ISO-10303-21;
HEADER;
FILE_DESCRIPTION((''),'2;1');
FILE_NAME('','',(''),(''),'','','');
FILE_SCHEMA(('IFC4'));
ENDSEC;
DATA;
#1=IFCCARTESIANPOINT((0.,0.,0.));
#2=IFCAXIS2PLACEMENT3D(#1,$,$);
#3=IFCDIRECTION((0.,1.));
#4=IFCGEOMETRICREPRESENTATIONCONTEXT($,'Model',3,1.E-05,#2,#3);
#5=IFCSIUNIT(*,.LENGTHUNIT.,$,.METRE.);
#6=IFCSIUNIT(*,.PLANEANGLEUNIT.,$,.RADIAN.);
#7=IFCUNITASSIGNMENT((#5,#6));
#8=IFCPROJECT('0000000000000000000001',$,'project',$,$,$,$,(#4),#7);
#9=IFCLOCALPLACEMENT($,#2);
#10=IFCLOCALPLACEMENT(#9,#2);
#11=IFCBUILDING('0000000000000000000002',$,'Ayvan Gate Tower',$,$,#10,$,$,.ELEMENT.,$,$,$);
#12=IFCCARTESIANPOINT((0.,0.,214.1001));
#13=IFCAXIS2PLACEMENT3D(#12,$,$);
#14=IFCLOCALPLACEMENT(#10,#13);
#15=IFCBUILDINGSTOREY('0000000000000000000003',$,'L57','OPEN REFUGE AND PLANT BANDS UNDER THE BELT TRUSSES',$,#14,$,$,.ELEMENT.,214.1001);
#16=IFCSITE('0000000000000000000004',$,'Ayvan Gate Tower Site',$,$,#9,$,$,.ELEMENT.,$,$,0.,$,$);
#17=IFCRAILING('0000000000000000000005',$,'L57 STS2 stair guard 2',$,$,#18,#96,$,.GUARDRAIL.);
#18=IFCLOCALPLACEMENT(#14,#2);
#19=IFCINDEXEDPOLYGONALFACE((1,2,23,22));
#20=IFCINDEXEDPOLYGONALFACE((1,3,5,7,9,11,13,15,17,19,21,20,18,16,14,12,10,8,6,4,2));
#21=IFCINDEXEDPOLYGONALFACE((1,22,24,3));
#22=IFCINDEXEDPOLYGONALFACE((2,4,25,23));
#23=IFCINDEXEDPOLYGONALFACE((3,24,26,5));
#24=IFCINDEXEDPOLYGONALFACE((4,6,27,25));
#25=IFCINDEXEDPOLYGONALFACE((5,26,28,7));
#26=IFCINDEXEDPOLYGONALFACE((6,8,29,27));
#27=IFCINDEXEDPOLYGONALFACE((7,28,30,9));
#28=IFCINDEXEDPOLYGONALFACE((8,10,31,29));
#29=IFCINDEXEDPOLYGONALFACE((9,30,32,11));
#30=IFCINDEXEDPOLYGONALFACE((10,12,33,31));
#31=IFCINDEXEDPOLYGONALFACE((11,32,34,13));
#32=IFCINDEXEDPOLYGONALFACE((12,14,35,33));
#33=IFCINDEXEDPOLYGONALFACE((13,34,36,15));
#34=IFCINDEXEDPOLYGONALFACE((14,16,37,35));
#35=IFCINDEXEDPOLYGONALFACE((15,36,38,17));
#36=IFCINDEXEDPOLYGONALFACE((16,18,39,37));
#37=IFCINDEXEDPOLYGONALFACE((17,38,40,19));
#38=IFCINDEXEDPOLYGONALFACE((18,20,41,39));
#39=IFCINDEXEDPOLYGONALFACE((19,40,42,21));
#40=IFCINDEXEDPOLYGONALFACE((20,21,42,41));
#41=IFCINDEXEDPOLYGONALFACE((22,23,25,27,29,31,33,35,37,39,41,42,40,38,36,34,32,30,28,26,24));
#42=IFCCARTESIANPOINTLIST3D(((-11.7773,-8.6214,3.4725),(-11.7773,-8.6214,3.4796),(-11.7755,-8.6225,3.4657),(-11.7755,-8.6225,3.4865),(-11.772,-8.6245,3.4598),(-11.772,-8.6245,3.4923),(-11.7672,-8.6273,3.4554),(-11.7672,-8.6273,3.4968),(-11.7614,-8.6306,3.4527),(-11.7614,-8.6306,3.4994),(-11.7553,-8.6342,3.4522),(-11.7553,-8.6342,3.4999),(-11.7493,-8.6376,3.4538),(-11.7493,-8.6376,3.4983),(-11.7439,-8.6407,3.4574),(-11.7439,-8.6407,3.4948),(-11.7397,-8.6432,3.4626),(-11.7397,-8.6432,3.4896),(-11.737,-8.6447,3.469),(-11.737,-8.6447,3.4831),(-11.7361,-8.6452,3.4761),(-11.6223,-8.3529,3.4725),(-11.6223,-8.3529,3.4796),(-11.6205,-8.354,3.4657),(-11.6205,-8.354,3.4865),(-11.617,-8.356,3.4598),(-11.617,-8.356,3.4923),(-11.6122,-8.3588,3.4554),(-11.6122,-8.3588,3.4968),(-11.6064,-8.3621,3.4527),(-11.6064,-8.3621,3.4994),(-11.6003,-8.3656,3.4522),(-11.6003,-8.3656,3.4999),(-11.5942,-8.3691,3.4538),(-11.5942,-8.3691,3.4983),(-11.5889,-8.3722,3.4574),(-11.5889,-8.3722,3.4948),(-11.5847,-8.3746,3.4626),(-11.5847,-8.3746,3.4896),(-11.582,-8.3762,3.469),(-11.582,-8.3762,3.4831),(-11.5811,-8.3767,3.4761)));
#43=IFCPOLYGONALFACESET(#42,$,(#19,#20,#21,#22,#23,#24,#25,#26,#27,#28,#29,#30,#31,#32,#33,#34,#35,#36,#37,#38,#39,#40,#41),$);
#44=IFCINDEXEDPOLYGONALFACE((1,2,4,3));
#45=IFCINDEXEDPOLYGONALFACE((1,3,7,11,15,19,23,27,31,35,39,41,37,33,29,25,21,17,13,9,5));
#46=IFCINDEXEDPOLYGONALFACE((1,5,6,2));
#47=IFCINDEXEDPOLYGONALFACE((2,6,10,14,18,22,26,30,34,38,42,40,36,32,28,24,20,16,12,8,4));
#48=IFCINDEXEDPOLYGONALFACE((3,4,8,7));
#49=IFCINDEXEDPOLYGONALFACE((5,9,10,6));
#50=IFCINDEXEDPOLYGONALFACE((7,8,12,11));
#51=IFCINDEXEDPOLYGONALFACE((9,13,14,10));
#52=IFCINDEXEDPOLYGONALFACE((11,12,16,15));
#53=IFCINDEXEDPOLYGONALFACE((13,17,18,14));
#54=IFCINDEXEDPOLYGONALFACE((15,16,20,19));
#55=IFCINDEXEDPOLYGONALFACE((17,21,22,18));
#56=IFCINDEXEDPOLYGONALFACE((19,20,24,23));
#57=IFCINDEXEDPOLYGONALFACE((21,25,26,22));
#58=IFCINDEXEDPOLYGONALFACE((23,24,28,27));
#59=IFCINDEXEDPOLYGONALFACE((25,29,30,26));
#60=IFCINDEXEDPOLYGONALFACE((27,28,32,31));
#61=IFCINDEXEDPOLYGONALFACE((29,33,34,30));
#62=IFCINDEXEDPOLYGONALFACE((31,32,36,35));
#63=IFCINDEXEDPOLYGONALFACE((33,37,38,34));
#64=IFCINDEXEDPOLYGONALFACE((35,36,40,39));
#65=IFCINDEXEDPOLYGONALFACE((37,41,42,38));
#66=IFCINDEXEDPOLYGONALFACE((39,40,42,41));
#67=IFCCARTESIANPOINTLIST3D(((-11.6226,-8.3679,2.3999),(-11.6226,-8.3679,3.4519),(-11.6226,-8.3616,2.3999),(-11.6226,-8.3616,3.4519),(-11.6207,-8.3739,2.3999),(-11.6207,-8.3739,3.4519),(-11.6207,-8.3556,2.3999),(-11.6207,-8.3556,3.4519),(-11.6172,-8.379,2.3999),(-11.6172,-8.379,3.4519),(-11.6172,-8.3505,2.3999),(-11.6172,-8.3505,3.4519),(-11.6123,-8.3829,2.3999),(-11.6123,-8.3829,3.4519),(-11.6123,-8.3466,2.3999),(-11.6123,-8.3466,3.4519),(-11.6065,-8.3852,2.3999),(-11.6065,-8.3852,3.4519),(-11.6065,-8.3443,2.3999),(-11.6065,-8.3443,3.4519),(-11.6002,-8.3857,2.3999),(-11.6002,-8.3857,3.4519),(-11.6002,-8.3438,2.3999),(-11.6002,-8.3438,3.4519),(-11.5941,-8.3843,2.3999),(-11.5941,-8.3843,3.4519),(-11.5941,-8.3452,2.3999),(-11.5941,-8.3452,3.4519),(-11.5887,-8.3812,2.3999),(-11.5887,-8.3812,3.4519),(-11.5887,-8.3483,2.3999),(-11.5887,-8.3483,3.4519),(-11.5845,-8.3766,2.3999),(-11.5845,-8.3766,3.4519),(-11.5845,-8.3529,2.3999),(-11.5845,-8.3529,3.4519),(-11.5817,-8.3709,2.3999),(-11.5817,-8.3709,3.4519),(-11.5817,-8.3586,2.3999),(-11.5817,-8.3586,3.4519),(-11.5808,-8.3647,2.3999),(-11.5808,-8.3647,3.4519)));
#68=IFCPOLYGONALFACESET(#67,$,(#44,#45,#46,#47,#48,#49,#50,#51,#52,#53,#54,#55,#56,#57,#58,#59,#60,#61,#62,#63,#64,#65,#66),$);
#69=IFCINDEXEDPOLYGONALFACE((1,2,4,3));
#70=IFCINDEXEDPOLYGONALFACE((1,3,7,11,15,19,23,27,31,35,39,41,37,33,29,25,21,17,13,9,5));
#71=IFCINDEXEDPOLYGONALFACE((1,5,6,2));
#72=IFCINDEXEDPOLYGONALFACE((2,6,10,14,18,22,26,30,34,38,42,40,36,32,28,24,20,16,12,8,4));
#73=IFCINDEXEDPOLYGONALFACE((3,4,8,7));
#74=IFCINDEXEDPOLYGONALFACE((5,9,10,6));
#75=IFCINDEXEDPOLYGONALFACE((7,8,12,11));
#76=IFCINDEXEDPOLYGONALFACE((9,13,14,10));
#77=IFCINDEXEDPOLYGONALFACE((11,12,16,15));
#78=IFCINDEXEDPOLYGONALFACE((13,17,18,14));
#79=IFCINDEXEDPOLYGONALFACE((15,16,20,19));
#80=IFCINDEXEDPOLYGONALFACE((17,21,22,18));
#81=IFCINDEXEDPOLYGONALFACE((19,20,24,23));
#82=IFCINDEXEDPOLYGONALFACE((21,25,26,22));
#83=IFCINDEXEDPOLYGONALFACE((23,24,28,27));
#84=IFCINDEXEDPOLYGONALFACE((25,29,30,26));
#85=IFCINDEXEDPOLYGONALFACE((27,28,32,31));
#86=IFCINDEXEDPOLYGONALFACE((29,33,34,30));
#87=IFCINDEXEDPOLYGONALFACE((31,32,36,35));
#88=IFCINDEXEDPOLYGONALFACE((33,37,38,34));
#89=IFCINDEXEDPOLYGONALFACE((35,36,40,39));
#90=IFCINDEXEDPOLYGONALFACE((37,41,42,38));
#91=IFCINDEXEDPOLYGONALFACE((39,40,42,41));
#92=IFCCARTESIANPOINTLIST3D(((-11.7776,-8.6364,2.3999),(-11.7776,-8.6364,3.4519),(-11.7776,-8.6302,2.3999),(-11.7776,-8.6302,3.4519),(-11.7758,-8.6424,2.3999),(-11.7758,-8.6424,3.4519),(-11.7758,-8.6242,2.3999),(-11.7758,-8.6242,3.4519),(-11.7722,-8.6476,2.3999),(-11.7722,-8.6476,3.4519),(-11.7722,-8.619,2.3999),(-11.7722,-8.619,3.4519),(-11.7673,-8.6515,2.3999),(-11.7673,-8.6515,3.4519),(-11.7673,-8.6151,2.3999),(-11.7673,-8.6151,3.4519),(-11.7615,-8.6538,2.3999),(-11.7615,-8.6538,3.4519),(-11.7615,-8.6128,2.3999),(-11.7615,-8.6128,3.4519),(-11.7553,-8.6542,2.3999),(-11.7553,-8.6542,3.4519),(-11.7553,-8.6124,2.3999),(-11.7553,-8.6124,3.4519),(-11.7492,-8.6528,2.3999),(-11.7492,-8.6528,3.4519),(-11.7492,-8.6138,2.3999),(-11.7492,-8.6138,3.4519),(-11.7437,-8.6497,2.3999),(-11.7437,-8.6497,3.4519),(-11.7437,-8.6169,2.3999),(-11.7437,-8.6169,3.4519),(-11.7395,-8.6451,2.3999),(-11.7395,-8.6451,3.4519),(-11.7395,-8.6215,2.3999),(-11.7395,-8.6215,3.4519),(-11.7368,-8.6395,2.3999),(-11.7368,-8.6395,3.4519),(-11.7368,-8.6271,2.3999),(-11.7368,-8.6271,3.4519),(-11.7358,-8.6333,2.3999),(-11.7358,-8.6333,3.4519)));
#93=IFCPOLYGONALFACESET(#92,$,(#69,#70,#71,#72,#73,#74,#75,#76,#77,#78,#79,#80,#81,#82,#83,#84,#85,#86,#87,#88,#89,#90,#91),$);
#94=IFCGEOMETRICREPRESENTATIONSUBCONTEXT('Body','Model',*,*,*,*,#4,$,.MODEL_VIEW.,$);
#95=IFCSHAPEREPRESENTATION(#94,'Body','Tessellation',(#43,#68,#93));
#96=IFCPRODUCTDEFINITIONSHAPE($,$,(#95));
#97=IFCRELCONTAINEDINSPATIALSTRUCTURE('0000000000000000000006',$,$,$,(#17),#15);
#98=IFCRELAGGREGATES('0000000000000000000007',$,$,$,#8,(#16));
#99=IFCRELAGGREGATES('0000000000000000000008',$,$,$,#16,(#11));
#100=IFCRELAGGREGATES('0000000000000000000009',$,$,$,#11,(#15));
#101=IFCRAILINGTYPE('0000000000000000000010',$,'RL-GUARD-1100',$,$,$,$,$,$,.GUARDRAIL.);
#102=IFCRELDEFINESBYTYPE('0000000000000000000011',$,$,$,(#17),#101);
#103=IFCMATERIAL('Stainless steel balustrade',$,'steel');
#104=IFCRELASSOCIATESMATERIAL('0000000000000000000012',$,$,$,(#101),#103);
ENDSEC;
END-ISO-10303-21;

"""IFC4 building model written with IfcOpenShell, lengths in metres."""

from ifc_helpers import new_model, si_unit, direction, frame, origin, origin_2d, place, context, subcontext, project, spatial, circle, extrude, material, type_object, element, save


model = new_model("IFC4")

# Units and contexts
model_context = context("Model", 3, precision=1e-05, world=origin(), true_north=direction((0.0, 1.0)))
body_context = subcontext(model_context, "Body", "Model", "MODEL_VIEW")
ifc_project = project(units=[si_unit("LENGTHUNIT", "METRE"), si_unit("PLANEANGLEUNIT", "RADIAN")], contexts=[model_context])

# Site, building, storey
site_placement = place(None, origin())
site = spatial("IfcSite", under=ifc_project, at=site_placement, Name="Ayvan Gate Tower Site", CompositionType="ELEMENT", RefElevation=0.0)
building_placement = place(site_placement, origin())
building = spatial("IfcBuilding", under=site, at=building_placement, Name="Ayvan Gate Tower", CompositionType="ELEMENT")
storey_placement = place(building_placement, frame((0.0, 0.0, 214.1001)))
storey = spatial("IfcBuildingStorey", under=building, at=storey_placement, Name="L57", Description="OPEN REFUGE AND PLANT BANDS UNDER THE BELT TRUSSES", CompositionType="ELEMENT", Elevation=214.1001)

# Railing
ifc_material_1 = material(Name="Stainless steel balustrade", Category="steel")
railing_type_1 = type_object("IfcRailingType", Name="RL-GUARD-1100", PredefinedType="GUARDRAIL", material=ifc_material_1)
railing_1_placement = place(storey_placement, frame((-11.6018, -8.3647, 2.3999)))
element("IfcRailing", 1, at=railing_1_placement, inside=storey, type_object=railing_type_1, Name="L57 STS2 stair guard 2", PredefinedType="GUARDRAIL", context=body_context, shape_type="SweptSolid", body=[
    extrude(circle(Radius=0.0239, at=origin_2d()), frame((0.0, 0.0, 1.0762), z_axis=(-0.49995, -0.866054, 0.0), x_axis=(0.866054, -0.49995, 0.0)), (0.0, 0.0, 1.0), 0.3101),
    extrude(circle(Radius=0.021, at=origin_2d()), origin(), (0.0, 0.0, 1.0), 1.052),
    extrude(circle(Radius=0.021, at=origin_2d()), frame((-0.155, -0.2686, 0.0)), (0.0, 0.0, 1.0), 1.052),
])

save(model, "model.ifc")
